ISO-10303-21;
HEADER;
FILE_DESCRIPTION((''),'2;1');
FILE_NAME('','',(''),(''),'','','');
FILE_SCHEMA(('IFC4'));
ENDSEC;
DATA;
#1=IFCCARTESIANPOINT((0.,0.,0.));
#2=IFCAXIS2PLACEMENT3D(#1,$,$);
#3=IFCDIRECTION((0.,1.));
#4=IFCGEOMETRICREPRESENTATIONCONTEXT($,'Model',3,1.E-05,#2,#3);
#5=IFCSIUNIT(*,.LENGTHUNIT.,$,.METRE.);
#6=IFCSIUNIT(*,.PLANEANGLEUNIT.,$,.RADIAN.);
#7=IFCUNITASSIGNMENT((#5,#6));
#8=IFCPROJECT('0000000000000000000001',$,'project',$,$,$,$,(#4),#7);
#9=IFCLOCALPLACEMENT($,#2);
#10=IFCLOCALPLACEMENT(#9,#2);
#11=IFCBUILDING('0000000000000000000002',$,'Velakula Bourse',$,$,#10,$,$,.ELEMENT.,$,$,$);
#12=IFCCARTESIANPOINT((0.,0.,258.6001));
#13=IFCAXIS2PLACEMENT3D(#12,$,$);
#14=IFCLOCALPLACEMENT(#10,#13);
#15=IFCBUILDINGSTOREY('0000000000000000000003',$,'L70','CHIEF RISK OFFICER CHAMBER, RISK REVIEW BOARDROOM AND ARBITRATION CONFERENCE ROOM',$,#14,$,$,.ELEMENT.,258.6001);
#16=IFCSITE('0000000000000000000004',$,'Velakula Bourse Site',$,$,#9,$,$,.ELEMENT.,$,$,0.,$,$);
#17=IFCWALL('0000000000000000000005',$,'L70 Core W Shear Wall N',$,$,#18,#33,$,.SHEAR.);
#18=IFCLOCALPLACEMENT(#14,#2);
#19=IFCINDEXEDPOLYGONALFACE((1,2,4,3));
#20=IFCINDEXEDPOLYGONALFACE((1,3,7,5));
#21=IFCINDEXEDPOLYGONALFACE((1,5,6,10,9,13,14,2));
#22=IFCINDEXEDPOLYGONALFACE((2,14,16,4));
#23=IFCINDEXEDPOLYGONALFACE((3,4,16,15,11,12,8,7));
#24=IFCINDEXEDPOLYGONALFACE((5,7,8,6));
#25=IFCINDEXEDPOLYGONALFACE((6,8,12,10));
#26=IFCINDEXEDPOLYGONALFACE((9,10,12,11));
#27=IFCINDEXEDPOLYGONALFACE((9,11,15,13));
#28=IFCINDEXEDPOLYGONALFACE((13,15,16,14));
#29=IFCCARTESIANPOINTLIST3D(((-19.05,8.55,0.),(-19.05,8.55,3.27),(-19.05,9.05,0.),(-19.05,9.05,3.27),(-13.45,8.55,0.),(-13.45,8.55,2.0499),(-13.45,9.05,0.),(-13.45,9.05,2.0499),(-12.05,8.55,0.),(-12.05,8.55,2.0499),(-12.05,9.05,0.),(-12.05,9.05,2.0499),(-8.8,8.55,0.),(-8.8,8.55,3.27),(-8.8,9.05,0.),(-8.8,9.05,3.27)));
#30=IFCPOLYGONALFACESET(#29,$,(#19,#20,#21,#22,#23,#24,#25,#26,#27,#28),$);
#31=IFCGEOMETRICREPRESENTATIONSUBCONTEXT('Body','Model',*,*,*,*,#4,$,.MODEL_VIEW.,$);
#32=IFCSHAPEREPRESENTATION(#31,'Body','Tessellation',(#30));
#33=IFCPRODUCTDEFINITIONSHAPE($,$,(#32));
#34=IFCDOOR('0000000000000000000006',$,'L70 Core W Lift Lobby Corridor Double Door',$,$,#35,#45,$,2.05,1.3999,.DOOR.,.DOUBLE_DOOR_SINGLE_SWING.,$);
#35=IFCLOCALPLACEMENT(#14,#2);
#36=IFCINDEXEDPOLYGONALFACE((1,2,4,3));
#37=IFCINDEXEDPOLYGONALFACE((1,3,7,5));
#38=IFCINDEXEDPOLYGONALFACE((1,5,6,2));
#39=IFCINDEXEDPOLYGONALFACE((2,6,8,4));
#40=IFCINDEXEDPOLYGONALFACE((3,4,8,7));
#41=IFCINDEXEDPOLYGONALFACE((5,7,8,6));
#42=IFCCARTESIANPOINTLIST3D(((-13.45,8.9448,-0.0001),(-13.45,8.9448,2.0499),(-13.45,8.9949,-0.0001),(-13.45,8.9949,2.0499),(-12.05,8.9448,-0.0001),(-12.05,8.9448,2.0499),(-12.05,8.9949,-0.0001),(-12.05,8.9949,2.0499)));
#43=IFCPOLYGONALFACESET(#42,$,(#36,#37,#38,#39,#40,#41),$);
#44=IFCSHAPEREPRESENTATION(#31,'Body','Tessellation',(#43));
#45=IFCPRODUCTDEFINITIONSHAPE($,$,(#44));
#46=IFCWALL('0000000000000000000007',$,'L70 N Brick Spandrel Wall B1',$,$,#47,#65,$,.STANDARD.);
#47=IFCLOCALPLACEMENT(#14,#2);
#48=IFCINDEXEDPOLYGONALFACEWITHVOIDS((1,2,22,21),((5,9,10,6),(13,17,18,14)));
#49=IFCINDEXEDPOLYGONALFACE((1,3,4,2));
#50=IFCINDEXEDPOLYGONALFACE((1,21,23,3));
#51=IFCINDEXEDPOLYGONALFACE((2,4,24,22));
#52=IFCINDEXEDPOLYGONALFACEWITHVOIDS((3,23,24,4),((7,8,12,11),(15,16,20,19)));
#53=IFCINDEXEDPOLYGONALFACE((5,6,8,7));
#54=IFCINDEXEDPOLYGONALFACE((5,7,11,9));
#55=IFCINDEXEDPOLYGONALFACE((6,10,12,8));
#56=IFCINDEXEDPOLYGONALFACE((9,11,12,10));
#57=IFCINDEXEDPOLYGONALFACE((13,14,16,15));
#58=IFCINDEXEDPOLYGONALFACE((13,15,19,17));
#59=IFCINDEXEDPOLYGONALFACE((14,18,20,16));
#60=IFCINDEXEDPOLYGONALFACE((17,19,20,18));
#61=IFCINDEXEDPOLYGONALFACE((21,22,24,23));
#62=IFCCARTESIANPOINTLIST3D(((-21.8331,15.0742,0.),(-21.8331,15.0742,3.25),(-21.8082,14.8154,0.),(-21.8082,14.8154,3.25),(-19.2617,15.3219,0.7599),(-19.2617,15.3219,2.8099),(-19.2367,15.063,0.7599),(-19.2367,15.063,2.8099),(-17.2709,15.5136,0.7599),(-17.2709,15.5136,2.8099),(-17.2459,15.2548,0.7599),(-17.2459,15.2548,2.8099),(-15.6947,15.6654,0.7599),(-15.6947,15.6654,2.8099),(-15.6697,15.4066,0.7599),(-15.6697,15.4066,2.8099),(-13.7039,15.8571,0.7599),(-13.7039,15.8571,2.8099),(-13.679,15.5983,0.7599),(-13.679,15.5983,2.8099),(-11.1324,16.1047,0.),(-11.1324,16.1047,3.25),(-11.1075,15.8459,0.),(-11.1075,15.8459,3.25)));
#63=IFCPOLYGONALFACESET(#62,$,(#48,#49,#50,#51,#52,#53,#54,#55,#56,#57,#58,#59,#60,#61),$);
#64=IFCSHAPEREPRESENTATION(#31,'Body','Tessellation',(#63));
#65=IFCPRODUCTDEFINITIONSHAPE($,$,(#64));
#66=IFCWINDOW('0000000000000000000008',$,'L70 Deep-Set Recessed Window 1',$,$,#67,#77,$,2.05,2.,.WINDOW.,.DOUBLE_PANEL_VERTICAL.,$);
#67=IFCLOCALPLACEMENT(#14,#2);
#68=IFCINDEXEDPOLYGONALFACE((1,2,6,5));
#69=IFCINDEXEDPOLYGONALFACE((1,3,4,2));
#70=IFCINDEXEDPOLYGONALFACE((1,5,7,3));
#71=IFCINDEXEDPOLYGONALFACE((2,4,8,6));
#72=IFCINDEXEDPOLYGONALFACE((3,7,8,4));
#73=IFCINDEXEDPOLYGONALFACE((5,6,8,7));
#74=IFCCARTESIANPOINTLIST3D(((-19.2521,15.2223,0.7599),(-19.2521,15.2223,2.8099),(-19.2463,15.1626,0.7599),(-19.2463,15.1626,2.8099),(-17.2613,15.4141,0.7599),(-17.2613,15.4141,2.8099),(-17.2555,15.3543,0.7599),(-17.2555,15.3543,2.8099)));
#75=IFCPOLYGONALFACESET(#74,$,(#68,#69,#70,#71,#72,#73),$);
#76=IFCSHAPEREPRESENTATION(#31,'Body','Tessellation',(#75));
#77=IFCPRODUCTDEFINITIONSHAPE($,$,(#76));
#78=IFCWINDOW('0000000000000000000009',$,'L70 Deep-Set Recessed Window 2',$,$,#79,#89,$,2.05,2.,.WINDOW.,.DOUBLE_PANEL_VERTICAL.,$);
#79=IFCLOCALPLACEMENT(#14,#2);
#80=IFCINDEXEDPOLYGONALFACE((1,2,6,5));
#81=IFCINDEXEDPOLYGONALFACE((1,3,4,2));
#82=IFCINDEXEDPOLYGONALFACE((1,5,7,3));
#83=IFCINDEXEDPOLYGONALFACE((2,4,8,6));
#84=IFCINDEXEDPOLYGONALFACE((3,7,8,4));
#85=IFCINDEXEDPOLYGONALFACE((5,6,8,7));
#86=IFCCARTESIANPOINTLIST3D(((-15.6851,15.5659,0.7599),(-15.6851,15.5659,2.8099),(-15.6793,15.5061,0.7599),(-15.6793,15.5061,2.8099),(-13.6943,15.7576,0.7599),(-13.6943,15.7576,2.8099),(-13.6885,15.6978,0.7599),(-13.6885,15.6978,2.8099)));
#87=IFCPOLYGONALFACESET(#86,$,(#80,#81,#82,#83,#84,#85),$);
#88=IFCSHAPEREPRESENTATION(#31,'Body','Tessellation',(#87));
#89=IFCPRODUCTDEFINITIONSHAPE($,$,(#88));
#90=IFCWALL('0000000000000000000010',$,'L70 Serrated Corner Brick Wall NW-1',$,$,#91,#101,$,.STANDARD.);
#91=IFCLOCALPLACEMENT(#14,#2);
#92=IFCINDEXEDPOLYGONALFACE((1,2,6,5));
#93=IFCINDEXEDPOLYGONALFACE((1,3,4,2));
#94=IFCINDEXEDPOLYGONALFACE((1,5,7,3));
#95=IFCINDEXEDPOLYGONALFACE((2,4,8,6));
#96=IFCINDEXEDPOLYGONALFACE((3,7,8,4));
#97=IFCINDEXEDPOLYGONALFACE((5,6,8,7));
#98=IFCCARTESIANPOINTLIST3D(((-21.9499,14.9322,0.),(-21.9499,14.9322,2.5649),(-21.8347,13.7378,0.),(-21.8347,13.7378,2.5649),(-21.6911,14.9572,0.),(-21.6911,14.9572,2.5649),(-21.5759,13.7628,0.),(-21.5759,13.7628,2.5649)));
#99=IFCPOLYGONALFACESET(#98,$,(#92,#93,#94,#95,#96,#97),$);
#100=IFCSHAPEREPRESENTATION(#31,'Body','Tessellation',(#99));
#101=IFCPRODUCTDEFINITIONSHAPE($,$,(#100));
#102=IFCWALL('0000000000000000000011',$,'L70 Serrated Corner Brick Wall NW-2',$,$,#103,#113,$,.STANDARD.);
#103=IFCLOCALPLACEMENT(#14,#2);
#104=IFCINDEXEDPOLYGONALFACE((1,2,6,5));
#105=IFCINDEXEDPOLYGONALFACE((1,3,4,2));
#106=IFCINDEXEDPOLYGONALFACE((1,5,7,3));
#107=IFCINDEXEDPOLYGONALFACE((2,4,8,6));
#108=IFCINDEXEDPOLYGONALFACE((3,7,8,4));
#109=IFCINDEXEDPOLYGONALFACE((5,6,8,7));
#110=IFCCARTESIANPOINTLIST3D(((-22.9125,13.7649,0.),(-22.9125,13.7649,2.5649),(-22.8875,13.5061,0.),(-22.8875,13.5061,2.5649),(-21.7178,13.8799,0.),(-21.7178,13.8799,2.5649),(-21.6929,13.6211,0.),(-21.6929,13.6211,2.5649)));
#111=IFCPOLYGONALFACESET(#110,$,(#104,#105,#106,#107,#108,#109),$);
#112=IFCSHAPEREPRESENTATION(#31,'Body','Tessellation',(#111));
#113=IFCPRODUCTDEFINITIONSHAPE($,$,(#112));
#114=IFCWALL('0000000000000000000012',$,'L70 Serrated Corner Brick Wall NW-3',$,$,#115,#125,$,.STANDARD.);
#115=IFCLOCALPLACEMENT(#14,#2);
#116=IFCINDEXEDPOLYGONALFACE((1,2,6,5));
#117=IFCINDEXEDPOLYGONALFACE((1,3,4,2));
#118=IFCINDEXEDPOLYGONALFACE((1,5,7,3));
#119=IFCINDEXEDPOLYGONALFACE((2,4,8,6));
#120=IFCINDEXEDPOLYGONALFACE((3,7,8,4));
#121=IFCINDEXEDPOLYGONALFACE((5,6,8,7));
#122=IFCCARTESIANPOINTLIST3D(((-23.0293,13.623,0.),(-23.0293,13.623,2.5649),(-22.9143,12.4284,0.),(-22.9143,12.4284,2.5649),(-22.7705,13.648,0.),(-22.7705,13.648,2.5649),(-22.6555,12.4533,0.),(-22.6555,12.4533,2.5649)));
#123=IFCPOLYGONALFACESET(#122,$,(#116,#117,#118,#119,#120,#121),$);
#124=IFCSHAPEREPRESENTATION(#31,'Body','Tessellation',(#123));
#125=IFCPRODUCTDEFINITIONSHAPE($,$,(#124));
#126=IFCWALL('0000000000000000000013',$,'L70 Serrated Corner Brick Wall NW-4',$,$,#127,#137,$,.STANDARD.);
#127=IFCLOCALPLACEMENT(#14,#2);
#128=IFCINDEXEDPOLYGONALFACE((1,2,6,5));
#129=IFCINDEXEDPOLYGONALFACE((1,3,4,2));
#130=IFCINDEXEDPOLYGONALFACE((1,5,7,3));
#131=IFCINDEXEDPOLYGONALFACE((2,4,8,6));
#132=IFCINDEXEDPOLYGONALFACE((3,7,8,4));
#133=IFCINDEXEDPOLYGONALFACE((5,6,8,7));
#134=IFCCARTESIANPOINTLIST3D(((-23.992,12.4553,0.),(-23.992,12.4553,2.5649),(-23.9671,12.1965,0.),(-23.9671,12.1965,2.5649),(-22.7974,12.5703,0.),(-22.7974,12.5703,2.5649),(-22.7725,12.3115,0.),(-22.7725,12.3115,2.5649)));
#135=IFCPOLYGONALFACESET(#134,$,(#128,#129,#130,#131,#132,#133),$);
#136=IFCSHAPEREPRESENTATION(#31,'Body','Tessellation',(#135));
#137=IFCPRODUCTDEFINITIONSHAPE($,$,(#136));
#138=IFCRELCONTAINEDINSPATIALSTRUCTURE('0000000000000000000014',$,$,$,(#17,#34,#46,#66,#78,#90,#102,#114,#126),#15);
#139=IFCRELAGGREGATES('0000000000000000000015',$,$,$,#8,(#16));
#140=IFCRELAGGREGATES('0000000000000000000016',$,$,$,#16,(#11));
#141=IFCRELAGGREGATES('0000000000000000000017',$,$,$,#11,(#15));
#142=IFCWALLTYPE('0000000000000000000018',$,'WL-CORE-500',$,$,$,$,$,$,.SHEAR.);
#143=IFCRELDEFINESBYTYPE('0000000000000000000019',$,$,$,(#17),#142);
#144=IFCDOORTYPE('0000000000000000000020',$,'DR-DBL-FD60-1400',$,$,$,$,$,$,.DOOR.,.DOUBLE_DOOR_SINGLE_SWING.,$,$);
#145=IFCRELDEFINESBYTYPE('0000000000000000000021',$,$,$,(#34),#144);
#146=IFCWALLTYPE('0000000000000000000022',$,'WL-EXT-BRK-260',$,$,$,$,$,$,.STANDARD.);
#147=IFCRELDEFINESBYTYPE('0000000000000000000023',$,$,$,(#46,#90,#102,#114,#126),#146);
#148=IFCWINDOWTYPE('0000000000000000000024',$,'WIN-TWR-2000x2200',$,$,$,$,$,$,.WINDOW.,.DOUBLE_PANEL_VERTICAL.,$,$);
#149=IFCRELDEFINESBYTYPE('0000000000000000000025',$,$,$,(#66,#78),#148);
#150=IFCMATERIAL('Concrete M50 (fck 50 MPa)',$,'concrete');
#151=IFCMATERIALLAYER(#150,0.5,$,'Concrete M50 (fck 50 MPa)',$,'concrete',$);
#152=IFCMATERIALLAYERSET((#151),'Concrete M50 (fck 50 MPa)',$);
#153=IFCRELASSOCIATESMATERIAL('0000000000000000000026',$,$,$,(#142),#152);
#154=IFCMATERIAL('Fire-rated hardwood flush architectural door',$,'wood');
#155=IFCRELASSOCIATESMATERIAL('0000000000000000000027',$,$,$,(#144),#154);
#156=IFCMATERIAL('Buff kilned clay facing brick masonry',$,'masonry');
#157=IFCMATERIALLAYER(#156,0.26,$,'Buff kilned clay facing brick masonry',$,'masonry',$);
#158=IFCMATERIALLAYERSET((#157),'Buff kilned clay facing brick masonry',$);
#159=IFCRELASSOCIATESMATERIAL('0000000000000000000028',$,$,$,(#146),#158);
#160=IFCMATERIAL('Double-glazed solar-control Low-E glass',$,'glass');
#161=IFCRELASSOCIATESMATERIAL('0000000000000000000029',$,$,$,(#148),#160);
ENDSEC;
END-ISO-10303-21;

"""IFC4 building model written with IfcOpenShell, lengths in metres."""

from ifc_helpers import new_model, si_unit, direction, frame, frame_2d, origin, place, context, subcontext, project, spatial, rectangle, extrude, material, layer, layer_set, type_object, element, fill, save


model = new_model("IFC4")

# Units and contexts
model_context = context("Model", 3, precision=1e-05, world=origin(), true_north=direction((0.0, 1.0)))
body_context = subcontext(model_context, "Body", "Model", "MODEL_VIEW")
ifc_project = project(units=[si_unit("LENGTHUNIT", "METRE"), si_unit("PLANEANGLEUNIT", "RADIAN")], contexts=[model_context])

# Site, building, storey
site_placement = place(None, origin())
site = spatial("IfcSite", under=ifc_project, at=site_placement, Name="Velakula Bourse Site", CompositionType="ELEMENT", RefElevation=0.0)
building_placement = place(site_placement, origin())
building = spatial("IfcBuilding", under=site, at=building_placement, Name="Velakula Bourse", CompositionType="ELEMENT")
storey_placement = place(building_placement, frame((0.0, 0.0, 258.6001)))
storey = spatial("IfcBuildingStorey", under=building, at=storey_placement, Name="L70", Description="CHIEF RISK OFFICER CHAMBER, RISK REVIEW BOARDROOM AND ARBITRATION CONFERENCE ROOM", CompositionType="ELEMENT", Elevation=258.6001)

# Shared definitions
ifc_material_1 = material(Name="Concrete M50 (fck 50 MPa)", Category="concrete")

# Wall, opening, door
ifc_layer_1 = layer(ifc_material_1, 0.5, Name="Concrete M50 (fck 50 MPa)", Category="concrete")
ifc_layer_set_1 = layer_set([ifc_layer_1], Name="Concrete M50 (fck 50 MPa)")
wall_type_1 = type_object("IfcWallType", Name="WL-CORE-500", PredefinedType="SHEAR", material=ifc_layer_set_1)
wall_1_placement = place(storey_placement, frame((-19.05, 8.8, 0.0), z_axis=(0.0, 0.0, 1.0), x_axis=(1.0, 0.0, 0.0)))
wall_1 = element("IfcWall", 1, at=wall_1_placement, inside=storey, type_object=wall_type_1, Name="L70 Core W Shear Wall N", PredefinedType="SHEAR", context=body_context, shape_type="SweptSolid", body=[
    extrude(rectangle(XDim=10.25, YDim=0.5, at=frame_2d((5.125, 0.0))), origin(), (0.0, 0.0, 1.0), 3.27),
])
opening_1_placement = place(wall_1_placement, frame((5.6001, 0.0, 0.0)))
opening_1 = element("IfcOpeningElement", 2, at=opening_1_placement, cuts=wall_1, PredefinedType="OPENING", context=body_context, shape_type="SweptSolid", body=[
    extrude(rectangle(XDim=1.3999, YDim=2.05, at=frame_2d((0.7, 1.0249))), frame((0.0, 0.26, 0.0), z_axis=(0.0, -1.0, 0.0), x_axis=(1.0, 0.0, 0.0)), (0.0, 0.0, 1.0), 0.52),
])
ifc_material_2 = material(Name="Fire-rated hardwood flush architectural door", Category="wood")
door_type_1 = type_object("IfcDoorType", Name="DR-DBL-FD60-1400", OperationType="DOUBLE_DOOR_SINGLE_SWING", PredefinedType="DOOR", material=ifc_material_2)
door_1_placement = place(opening_1_placement, origin())
door_1 = element("IfcDoor", 3, at=door_1_placement, inside=storey, type_object=door_type_1, Name="L70 Core W Lift Lobby Corridor Double Door", OperationType="DOUBLE_DOOR_SINGLE_SWING", OverallHeight=2.05, OverallWidth=1.3999, PredefinedType="DOOR", context=body_context, shape_type="SweptSolid", body=[
    extrude(rectangle(XDim=1.3999, YDim=2.05, at=frame_2d((0.7, 1.0249))), frame((0.0, 0.1948, 0.0), z_axis=(0.0, -1.0, 0.0), x_axis=(1.0, 0.0, 0.0)), (0.0, 0.0, 1.0), 0.05),
])
fill(opening_1, door_1)

# Wall, openings, windows
ifc_material_3 = material(Name="Buff kilned clay facing brick masonry", Category="masonry")
ifc_layer_2 = layer(ifc_material_3, 0.26, Name="Buff kilned clay facing brick masonry", Category="masonry")
ifc_layer_set_2 = layer_set([ifc_layer_2], Name="Buff kilned clay facing brick masonry")
wall_type_2 = type_object("IfcWallType", Name="WL-EXT-BRK-260", PredefinedType="STANDARD", material=ifc_layer_set_2)
wall_2_placement = place(storey_placement, frame((-21.8206, 14.9448, 0.0), z_axis=(0.0, 0.0, 1.0), x_axis=(0.995395, 0.09586, 0.0)))
wall_2 = element("IfcWall", 4, at=wall_2_placement, inside=storey, type_object=wall_type_2, Name="L70 N Brick Spandrel Wall B1", PredefinedType="STANDARD", context=body_context, shape_type="SweptSolid", body=[
    extrude(rectangle(XDim=10.7502, YDim=0.26, at=frame_2d((5.375, 0.0))), origin(), (0.0, 0.0, 1.0), 3.25),
])
opening_2_placement = place(wall_2_placement, frame((2.5833, 0.0, 0.76)))
opening_2 = element("IfcOpeningElement", 5, at=opening_2_placement, cuts=wall_2, PredefinedType="OPENING", context=body_context, shape_type="SweptSolid", body=[
    extrude(rectangle(XDim=2.0, YDim=2.05, at=frame_2d((1.0, 1.0249))), frame((0.0, 0.1399, 0.0), z_axis=(0.0, -1.0, 0.0), x_axis=(1.0, 0.0, 0.0)), (0.0, 0.0, 1.0), 0.28),
])
opening_3_placement = place(wall_2_placement, frame((6.1667, 0.0, 0.76)))
opening_3 = element("IfcOpeningElement", 6, at=opening_3_placement, cuts=wall_2, PredefinedType="OPENING", context=body_context, shape_type="SweptSolid", body=[
    extrude(rectangle(XDim=2.0, YDim=2.05, at=frame_2d((1.0, 1.0249))), frame((0.0, 0.1399, 0.0), z_axis=(0.0, -1.0, 0.0), x_axis=(1.0, 0.0, 0.0)), (0.0, 0.0, 1.0), 0.28),
])
ifc_material_4 = material(Name="Double-glazed solar-control Low-E glass", Category="glass")
window_type = type_object("IfcWindowType", Name="WIN-TWR-2000x2200", PartitioningType="DOUBLE_PANEL_VERTICAL", PredefinedType="WINDOW", material=ifc_material_4)
window_1_placement = place(opening_2_placement, origin())
window_1 = element("IfcWindow", 7, at=window_1_placement, inside=storey, type_object=window_type, Name="L70 Deep-Set Recessed Window 1", OverallHeight=2.05, OverallWidth=2.0, PartitioningType="DOUBLE_PANEL_VERTICAL", PredefinedType="WINDOW", context=body_context, shape_type="SweptSolid", body=[
    extrude(rectangle(XDim=2.0, YDim=2.05, at=frame_2d((1.0, 1.0249))), frame((0.0, 0.03, 0.0), z_axis=(0.0, -1.0, 0.0), x_axis=(1.0, 0.0, 0.0)), (0.0, 0.0, 1.0), 0.0601),
])
fill(opening_2, window_1)
window_2_placement = place(opening_3_placement, origin())
window_2 = element("IfcWindow", 8, at=window_2_placement, inside=storey, type_object=window_type, Name="L70 Deep-Set Recessed Window 2", OverallHeight=2.05, OverallWidth=2.0, PartitioningType="DOUBLE_PANEL_VERTICAL", PredefinedType="WINDOW", context=body_context, shape_type="SweptSolid", body=[
    extrude(rectangle(XDim=2.0, YDim=2.05, at=frame_2d((1.0, 1.0249))), frame((0.0, 0.03, 0.0), z_axis=(0.0, -1.0, 0.0), x_axis=(1.0, 0.0, 0.0)), (0.0, 0.0, 1.0), 0.0601),
])
fill(opening_3, window_2)

# Walls
wall_3_placement = place(storey_placement, frame((-21.8206, 14.9448, 0.0), z_axis=(0.0, 0.0, 1.0), x_axis=(0.096038, -0.995378, 0.0)))
element("IfcWall", 9, at=wall_3_placement, inside=storey, type_object=wall_type_2, Name="L70 Serrated Corner Brick Wall NW-1", PredefinedType="STANDARD", context=body_context, shape_type="SweptSolid", body=[
    extrude(rectangle(XDim=1.2, YDim=0.26, at=frame_2d((0.6001, 0.0))), origin(), (0.0, 0.0, 1.0), 2.5649),
])
for number, where, z_axis, x_axis, name in (
    (10, (-21.7053, 13.7505, 0.0), (0.0, 0.0, 1.0), (-0.995399, -0.095817, 0.0), "L70 Serrated Corner Brick Wall NW-2"),
    (11, (-22.8999, 13.6355, 0.0), (0.0, 0.0, 1.0), (0.095817, -0.995399, 0.0), "L70 Serrated Corner Brick Wall NW-3"),
    (12, (-22.7849, 12.4409, 0.0), (0.0, 0.0, 1.0), (-0.995399, -0.095817, 0.0), "L70 Serrated Corner Brick Wall NW-4"),
):
    element("IfcWall", number, at=place(storey_placement, frame(where, z_axis=z_axis, x_axis=x_axis)), inside=storey, type_object=wall_type_2, Name=name, PredefinedType="STANDARD", context=body_context, shape_type="SweptSolid", body=[
        extrude(rectangle(XDim=1.2002, YDim=0.26, at=frame_2d((0.6001, 0.0))), origin(), (0.0, 0.0, 1.0), 2.5649),
    ])

save(model, "model.ifc")
